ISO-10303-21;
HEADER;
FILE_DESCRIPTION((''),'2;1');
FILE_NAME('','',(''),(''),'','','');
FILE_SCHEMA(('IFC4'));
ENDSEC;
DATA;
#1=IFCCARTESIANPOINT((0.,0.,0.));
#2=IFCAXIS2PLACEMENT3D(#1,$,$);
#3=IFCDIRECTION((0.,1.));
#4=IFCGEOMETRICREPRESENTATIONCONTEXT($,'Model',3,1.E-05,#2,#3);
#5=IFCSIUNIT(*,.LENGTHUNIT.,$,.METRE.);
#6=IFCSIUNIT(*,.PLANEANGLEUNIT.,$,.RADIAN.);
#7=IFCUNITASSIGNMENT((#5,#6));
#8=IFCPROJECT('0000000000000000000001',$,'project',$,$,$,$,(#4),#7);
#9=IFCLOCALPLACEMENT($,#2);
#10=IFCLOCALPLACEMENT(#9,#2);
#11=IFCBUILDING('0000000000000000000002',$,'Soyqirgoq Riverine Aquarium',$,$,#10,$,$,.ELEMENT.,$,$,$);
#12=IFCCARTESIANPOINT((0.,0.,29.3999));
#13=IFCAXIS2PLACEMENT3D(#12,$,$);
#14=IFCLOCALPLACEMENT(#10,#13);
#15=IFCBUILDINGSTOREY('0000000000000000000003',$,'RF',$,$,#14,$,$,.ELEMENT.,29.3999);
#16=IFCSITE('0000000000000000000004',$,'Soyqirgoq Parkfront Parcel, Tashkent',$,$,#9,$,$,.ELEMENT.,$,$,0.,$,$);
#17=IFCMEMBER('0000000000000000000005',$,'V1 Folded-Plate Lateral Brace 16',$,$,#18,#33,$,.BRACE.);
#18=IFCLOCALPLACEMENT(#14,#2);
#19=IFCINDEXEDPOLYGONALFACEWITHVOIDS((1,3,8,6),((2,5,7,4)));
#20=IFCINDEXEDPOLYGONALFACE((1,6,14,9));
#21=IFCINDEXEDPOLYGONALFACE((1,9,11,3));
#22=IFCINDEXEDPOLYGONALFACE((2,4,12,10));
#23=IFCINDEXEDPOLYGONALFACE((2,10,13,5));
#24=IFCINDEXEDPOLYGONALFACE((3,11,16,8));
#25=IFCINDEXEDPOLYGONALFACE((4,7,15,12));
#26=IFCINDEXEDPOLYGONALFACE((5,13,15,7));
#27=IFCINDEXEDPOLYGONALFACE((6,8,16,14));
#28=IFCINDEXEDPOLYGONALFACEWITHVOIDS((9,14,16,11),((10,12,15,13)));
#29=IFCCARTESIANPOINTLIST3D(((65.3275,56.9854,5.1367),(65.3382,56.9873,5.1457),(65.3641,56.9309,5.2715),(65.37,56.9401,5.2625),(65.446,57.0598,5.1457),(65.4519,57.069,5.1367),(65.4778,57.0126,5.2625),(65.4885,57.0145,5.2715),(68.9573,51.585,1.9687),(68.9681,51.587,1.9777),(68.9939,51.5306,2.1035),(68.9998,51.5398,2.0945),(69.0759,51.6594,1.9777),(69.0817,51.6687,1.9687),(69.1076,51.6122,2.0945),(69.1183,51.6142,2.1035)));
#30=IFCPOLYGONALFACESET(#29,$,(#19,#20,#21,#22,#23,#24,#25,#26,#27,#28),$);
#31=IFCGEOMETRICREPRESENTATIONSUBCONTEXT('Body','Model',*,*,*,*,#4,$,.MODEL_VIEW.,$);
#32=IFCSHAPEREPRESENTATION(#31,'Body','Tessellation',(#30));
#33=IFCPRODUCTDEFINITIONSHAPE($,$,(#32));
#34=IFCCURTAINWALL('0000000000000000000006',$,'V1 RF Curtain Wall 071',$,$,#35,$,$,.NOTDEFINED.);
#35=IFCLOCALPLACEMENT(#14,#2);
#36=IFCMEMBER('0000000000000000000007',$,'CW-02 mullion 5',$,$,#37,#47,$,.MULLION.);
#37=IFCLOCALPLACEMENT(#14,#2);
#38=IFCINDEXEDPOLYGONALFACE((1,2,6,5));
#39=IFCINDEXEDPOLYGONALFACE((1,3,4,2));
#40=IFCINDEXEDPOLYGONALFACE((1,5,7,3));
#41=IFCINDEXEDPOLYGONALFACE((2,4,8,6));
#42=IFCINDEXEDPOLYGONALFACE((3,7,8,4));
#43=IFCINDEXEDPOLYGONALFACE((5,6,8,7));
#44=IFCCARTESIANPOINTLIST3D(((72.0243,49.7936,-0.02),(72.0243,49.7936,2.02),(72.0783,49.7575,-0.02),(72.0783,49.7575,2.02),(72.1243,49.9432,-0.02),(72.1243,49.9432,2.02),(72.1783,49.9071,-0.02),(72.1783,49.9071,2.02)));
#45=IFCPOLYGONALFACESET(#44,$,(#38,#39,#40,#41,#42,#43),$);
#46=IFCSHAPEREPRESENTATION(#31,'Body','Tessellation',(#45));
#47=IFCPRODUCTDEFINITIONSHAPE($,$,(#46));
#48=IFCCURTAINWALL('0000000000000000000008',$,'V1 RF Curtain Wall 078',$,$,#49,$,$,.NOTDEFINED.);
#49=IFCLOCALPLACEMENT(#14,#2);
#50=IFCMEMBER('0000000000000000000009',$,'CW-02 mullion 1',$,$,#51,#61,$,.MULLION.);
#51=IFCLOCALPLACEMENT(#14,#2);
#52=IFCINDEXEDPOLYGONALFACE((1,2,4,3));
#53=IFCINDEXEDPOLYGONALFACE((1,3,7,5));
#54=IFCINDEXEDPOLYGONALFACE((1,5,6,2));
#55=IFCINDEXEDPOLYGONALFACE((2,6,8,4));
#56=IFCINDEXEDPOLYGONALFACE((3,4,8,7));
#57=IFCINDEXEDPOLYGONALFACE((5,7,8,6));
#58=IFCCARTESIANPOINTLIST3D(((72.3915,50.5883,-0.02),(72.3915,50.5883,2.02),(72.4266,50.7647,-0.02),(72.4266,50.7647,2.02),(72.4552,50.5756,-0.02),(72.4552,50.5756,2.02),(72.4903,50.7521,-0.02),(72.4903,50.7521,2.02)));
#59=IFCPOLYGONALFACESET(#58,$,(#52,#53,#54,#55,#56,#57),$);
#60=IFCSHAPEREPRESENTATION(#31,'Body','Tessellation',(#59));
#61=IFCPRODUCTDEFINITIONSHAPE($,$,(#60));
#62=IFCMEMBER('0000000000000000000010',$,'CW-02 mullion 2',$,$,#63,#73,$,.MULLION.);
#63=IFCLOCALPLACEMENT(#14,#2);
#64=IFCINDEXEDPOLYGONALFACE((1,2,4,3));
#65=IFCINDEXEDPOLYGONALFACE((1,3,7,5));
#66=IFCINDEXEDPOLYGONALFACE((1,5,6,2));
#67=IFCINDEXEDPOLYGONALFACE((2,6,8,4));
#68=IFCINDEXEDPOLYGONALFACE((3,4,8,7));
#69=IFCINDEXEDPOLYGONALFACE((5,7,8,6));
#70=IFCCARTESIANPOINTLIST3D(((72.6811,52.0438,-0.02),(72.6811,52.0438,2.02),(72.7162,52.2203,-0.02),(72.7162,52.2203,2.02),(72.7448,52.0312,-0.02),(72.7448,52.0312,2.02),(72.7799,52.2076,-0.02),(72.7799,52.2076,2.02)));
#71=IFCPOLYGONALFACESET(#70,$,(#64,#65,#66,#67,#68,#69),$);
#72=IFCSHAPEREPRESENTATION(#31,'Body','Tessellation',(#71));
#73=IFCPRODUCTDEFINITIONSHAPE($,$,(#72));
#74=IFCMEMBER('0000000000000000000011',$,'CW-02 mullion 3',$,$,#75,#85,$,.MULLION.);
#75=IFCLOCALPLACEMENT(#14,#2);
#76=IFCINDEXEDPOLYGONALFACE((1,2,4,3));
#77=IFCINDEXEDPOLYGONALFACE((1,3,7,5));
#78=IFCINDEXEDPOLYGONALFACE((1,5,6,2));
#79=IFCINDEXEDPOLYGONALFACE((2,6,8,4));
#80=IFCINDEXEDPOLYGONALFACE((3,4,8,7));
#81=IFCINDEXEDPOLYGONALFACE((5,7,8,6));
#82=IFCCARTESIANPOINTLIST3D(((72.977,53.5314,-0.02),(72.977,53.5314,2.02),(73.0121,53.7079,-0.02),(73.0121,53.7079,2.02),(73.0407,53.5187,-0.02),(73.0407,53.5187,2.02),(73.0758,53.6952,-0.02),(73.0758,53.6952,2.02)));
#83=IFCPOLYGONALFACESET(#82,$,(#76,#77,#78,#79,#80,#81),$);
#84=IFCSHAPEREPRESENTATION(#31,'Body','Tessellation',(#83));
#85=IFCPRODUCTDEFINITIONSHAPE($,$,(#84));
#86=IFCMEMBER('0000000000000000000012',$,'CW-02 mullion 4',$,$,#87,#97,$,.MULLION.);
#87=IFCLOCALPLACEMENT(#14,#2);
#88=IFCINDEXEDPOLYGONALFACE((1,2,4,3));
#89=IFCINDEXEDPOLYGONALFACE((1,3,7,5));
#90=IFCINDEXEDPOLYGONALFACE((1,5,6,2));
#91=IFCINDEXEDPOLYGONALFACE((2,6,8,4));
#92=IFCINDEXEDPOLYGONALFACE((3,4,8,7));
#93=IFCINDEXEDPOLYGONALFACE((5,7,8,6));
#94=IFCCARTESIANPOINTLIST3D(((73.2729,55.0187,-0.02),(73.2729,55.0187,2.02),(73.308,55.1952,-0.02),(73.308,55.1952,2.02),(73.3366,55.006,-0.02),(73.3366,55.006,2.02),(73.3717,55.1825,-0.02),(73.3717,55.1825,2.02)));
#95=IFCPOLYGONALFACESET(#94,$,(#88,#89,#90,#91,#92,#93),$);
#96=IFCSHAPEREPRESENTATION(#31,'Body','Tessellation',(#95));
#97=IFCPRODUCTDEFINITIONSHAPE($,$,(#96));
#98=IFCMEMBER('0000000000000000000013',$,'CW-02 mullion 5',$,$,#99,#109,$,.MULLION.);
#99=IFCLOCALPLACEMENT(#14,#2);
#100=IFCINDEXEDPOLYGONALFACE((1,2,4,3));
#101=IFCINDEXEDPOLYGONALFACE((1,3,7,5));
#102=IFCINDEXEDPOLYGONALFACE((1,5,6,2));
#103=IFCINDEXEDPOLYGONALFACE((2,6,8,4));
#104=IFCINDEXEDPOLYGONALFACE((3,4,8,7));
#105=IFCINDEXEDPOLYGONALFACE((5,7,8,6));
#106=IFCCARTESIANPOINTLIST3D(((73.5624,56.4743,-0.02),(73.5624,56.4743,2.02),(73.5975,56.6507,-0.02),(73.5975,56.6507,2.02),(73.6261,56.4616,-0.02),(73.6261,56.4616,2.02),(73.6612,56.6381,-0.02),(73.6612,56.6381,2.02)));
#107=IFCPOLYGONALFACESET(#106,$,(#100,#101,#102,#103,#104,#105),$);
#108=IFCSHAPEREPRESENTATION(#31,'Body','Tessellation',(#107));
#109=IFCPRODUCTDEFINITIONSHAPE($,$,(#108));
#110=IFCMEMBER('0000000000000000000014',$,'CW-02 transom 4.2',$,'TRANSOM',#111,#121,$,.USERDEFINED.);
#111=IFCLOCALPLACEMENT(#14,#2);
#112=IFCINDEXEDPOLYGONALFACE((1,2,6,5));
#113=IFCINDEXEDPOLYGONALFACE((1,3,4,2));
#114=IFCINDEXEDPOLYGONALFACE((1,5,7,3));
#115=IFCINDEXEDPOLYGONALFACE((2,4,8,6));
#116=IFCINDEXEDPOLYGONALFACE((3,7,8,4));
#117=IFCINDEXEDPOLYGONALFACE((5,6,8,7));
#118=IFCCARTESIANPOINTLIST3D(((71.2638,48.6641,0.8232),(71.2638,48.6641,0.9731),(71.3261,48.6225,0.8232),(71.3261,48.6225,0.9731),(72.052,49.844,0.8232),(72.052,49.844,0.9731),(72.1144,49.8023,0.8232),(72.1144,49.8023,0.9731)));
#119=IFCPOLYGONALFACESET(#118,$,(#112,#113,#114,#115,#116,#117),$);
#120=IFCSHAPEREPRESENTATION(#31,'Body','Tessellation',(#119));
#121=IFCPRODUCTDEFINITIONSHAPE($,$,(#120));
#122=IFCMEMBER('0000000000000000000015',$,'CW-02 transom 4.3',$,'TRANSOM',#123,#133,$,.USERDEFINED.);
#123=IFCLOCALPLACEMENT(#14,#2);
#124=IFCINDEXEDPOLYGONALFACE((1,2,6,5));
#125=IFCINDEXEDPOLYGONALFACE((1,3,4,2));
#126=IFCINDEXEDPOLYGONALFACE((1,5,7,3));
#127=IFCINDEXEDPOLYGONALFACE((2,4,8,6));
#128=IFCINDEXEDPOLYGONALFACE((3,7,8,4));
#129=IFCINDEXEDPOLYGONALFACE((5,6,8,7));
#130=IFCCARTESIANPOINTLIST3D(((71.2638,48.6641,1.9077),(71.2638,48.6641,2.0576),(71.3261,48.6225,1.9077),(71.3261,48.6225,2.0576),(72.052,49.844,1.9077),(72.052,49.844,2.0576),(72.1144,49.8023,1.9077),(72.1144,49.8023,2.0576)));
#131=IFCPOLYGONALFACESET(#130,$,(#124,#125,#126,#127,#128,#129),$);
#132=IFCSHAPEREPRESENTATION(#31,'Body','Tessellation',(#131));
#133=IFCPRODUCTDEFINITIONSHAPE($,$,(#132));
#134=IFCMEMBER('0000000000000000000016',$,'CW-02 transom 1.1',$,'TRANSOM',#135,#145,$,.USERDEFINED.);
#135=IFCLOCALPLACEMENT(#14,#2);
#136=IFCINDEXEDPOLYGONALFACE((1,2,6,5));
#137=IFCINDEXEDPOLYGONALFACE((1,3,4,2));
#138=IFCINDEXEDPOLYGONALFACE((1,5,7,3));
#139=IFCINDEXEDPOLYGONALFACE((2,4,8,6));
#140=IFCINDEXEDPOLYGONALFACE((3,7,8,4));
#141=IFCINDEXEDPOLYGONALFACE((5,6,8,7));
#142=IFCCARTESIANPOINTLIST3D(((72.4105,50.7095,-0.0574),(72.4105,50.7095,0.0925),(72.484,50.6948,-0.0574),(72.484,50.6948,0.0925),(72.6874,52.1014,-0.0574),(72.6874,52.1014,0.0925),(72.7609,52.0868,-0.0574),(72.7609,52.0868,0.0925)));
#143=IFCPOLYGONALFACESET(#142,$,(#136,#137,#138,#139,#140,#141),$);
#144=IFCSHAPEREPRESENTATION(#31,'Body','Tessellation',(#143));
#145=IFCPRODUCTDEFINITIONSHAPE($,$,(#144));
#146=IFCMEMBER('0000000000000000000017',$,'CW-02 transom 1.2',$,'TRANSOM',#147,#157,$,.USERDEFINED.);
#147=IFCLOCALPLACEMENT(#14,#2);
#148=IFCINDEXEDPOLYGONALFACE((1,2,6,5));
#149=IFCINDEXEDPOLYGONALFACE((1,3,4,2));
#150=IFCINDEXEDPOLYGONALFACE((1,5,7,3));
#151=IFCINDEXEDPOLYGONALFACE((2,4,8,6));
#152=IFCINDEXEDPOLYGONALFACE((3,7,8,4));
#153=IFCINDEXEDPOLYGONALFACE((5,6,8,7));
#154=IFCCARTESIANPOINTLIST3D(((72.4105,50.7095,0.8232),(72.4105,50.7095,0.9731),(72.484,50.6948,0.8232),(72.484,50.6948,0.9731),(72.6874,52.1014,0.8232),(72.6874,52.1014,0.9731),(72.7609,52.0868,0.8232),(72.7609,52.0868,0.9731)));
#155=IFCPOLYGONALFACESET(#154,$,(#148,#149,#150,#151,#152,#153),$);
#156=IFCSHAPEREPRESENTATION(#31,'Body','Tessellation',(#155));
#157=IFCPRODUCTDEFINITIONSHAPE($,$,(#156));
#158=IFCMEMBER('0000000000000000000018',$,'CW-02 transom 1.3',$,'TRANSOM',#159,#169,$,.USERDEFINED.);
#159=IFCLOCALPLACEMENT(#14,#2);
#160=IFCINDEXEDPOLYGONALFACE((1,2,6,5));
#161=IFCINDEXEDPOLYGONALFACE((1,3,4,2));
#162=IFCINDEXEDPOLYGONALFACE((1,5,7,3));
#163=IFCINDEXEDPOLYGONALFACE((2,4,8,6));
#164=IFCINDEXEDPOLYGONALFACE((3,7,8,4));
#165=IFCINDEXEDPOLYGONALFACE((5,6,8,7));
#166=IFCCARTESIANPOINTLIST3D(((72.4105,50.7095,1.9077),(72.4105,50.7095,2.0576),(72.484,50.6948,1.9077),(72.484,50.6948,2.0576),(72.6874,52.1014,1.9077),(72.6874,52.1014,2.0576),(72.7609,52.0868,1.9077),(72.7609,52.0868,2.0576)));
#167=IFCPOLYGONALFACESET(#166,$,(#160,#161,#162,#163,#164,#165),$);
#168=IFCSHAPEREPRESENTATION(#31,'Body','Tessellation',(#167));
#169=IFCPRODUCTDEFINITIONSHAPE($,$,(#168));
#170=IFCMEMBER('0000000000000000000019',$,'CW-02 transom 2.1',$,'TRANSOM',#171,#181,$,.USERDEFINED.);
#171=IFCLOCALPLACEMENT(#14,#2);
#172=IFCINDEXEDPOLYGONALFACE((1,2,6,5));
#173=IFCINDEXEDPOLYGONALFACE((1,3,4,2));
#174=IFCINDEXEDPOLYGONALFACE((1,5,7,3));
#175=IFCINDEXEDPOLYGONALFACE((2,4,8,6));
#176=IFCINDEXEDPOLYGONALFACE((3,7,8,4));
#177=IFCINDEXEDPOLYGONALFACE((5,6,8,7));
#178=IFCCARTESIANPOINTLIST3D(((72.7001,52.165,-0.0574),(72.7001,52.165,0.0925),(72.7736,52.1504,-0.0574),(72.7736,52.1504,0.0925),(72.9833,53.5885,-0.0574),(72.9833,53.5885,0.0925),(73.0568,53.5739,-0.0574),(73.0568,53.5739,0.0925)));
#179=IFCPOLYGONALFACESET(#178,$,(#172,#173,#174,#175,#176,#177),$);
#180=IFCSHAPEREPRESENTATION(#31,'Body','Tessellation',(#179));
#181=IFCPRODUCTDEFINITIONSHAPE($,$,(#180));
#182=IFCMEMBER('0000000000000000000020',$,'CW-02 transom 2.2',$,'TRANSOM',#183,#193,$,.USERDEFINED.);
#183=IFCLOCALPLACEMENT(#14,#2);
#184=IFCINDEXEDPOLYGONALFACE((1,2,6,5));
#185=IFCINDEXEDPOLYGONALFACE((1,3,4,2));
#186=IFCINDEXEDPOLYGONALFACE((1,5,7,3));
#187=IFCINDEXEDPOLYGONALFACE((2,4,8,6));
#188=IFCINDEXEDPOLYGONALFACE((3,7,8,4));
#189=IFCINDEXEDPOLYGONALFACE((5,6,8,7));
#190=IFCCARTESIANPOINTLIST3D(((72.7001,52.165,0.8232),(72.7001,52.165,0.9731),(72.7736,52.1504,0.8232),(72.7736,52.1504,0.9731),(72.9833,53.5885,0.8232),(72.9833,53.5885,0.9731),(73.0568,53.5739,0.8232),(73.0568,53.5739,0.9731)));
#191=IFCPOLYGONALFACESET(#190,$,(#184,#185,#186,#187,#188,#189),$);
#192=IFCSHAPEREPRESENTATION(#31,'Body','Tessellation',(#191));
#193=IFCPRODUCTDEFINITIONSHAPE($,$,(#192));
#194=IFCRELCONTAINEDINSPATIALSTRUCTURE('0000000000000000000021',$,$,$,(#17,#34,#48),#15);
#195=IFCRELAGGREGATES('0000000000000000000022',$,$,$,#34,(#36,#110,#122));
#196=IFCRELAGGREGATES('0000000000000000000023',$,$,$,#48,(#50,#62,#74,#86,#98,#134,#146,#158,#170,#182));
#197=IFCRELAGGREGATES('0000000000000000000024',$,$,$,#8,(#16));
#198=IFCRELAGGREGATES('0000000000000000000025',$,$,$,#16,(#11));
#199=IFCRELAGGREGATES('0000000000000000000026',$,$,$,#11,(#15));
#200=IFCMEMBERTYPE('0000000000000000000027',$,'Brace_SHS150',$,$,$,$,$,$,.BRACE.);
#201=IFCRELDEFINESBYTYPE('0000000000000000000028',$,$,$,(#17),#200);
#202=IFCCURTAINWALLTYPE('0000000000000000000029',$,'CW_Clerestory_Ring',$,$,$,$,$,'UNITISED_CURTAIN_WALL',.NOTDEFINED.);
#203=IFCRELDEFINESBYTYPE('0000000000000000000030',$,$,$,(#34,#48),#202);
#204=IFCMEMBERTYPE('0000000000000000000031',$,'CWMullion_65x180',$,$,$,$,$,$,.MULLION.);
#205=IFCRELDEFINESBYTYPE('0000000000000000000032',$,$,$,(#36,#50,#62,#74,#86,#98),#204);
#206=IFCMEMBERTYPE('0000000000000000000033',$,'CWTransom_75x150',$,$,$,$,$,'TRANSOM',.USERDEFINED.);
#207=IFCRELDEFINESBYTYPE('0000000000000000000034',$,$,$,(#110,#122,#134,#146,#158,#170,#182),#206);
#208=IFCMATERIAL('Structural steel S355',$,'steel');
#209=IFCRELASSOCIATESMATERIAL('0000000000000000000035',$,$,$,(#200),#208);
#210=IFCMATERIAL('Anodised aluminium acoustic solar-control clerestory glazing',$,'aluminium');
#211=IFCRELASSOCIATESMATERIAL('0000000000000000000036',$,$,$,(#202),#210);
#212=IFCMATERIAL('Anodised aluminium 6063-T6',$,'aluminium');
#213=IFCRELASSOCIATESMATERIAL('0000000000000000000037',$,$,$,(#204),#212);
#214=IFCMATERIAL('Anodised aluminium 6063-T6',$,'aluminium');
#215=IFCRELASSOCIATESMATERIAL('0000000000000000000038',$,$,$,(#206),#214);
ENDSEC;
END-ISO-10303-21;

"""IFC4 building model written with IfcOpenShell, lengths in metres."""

from ifc_helpers import new_model, si_unit, direction, frame, origin, origin_2d, place, context, subcontext, project, spatial, rectangle, hollow_rectangle, extrude, material, material_profile, profile_set, type_object, element, aggregate, save


model = new_model("IFC4")

# Units and contexts
model_context = context("Model", 3, precision=1e-05, world=origin(), true_north=direction((0.0, 1.0)))
body_context = subcontext(model_context, "Body", "Model", "MODEL_VIEW")
ifc_project = project(units=[si_unit("LENGTHUNIT", "METRE"), si_unit("PLANEANGLEUNIT", "RADIAN")], contexts=[model_context])

# Site, building, storey
site_placement = place(None, origin())
site = spatial("IfcSite", under=ifc_project, at=site_placement, Name="Soyqirgoq Parkfront Parcel, Tashkent", CompositionType="ELEMENT", RefElevation=0.0)
building_placement = place(site_placement, origin())
building = spatial("IfcBuilding", under=site, at=building_placement, Name="Soyqirgoq Riverine Aquarium", CompositionType="ELEMENT")
storey_placement = place(building_placement, frame((0.0, 0.0, 29.3999)))
storey = spatial("IfcBuildingStorey", under=building, at=storey_placement, Name="RF", CompositionType="ELEMENT", Elevation=29.3999)

# Member
ifc_material_1 = material(Name="Structural steel S355", Category="steel")
ifc_material_profile_1 = material_profile(ifc_material_1, hollow_rectangle(XDim=0.1499, YDim=0.1499, WallThickness=0.01, at=origin_2d()), Name="SHS 150x150x10")
ifc_profile_set_1 = profile_set([ifc_material_profile_1], Name="Structural steel S355")
member_type_1 = type_object("IfcMemberType", Name="Brace_SHS150", PredefinedType="BRACE", material=ifc_profile_set_1)
member_1_placement = place(storey_placement, frame((69.0378, 51.5996, 2.0361), z_axis=(-0.501563, 0.746204, 0.437737), x_axis=(-0.829943, -0.557848, 0.0)))
element("IfcMember", 1, at=member_1_placement, inside=storey, type_object=member_type_1, Name="V1 Folded-Plate Lateral Brace 16", PredefinedType="BRACE", context=body_context, shape_type="SweptSolid", body=[
    extrude(hollow_rectangle(XDim=0.1499, YDim=0.1499, WallThickness=0.01, at=origin_2d()), origin(), (0.0, 0.0, 1.0), 7.2371),
])

# Curtain wall, member
ifc_material_2 = material(Name="Anodised aluminium acoustic solar-control clerestory glazing", Category="aluminium")
curtain_wall_type = type_object("IfcCurtainWallType", Name="CW_Clerestory_Ring", ElementType="UNITISED_CURTAIN_WALL", PredefinedType="NOTDEFINED", material=ifc_material_2)
curtain_wall_1_placement = place(storey_placement, origin())
curtain_wall_1 = element("IfcCurtainWall", 2, at=curtain_wall_1_placement, inside=storey, type_object=curtain_wall_type, Name="V1 RF Curtain Wall 071", PredefinedType="NOTDEFINED")
ifc_material_3 = material(Name="Anodised aluminium 6063-T6", Category="aluminium")
ifc_material_profile_2 = material_profile(ifc_material_3, rectangle(XDim=0.0649, YDim=0.1799, at=origin_2d()), Name="ALU-M 65x180")
ifc_profile_set_2 = profile_set([ifc_material_profile_2], Name="Anodised aluminium 6063-T6")
member_type_2 = type_object("IfcMemberType", Name="CWMullion_65x180", PredefinedType="MULLION", material=ifc_profile_set_2)
member_2_placement = place(storey_placement, frame((72.1013, 49.8503, -0.02), z_axis=(0.0, 0.0, 1.0), x_axis=(-0.831464, 0.555579, 0.0)))
member_2 = element("IfcMember", 3, at=member_2_placement, type_object=member_type_2, Name="CW-02 mullion 5", PredefinedType="MULLION", context=body_context, shape_type="SweptSolid", body=[
    extrude(rectangle(XDim=0.0649, YDim=0.1799, at=origin_2d()), origin(), (0.0, 0.0, 1.0), 2.04),
])

# Curtain wall, members
curtain_wall_2_placement = place(storey_placement, origin())
curtain_wall_2 = element("IfcCurtainWall", 4, at=curtain_wall_2_placement, inside=storey, type_object=curtain_wall_type, Name="V1 RF Curtain Wall 078", PredefinedType="NOTDEFINED")
member_3_placement = place(storey_placement, frame((72.4409, 50.6702, -0.02), z_axis=(0.0, 0.0, 1.0), x_axis=(-0.980784, 0.195095, 0.0)))
member_3 = element("IfcMember", 5, at=member_3_placement, type_object=member_type_2, Name="CW-02 mullion 1", PredefinedType="MULLION", context=body_context, shape_type="SweptSolid", body=[
    extrude(rectangle(XDim=0.0649, YDim=0.1799, at=origin_2d()), origin(), (0.0, 0.0, 1.0), 2.04),
])
member_4_placement = place(storey_placement, frame((72.7305, 52.1257, -0.02), z_axis=(0.0, 0.0, 1.0), x_axis=(-0.980784, 0.195095, 0.0)))
member_4 = element("IfcMember", 6, at=member_4_placement, type_object=member_type_2, Name="CW-02 mullion 2", PredefinedType="MULLION", context=body_context, shape_type="SweptSolid", body=[
    extrude(rectangle(XDim=0.0649, YDim=0.1799, at=origin_2d()), origin(), (0.0, 0.0, 1.0), 2.04),
])
member_5_placement = place(storey_placement, frame((73.0264, 53.6133, -0.02), z_axis=(0.0, 0.0, 1.0), x_axis=(-0.980784, 0.195095, 0.0)))
member_5 = element("IfcMember", 7, at=member_5_placement, type_object=member_type_2, Name="CW-02 mullion 3", PredefinedType="MULLION", context=body_context, shape_type="SweptSolid", body=[
    extrude(rectangle(XDim=0.0649, YDim=0.1799, at=origin_2d()), origin(), (0.0, 0.0, 1.0), 2.04),
])
member_6_placement = place(storey_placement, frame((73.3223, 55.1006, -0.02), z_axis=(0.0, 0.0, 1.0), x_axis=(-0.980784, 0.195095, 0.0)))
member_6 = element("IfcMember", 8, at=member_6_placement, type_object=member_type_2, Name="CW-02 mullion 4", PredefinedType="MULLION", context=body_context, shape_type="SweptSolid", body=[
    extrude(rectangle(XDim=0.0649, YDim=0.1799, at=origin_2d()), origin(), (0.0, 0.0, 1.0), 2.04),
])
member_7_placement = place(storey_placement, frame((73.6118, 56.5562, -0.02), z_axis=(0.0, 0.0, 1.0), x_axis=(-0.980784, 0.195095, 0.0)))
member_7 = element("IfcMember", 9, at=member_7_placement, type_object=member_type_2, Name="CW-02 mullion 5", PredefinedType="MULLION", context=body_context, shape_type="SweptSolid", body=[
    extrude(rectangle(XDim=0.0649, YDim=0.1799, at=origin_2d()), origin(), (0.0, 0.0, 1.0), 2.04),
])

# Members
ifc_material_4 = material(Name="Anodised aluminium 6063-T6", Category="aluminium")
ifc_material_profile_3 = material_profile(ifc_material_4, rectangle(XDim=0.075, YDim=0.1499, at=origin_2d()), Name="ALU-T 75x150")
ifc_profile_set_3 = profile_set([ifc_material_profile_3], Name="Anodised aluminium 6063-T6")
member_type_3 = type_object("IfcMemberType", Name="CWTransom_75x150", ElementType="TRANSOM", PredefinedType="USERDEFINED", material=ifc_profile_set_3)
member_8_placement = place(storey_placement, frame((71.2949, 48.6433, 0.8982), z_axis=(0.555534, 0.831494, 0.0), x_axis=(-0.831494, 0.555534, 0.0)))
member_8 = element("IfcMember", 10, at=member_8_placement, type_object=member_type_3, Name="CW-02 transom 4.2", ObjectType="TRANSOM", PredefinedType="USERDEFINED", context=body_context, shape_type="SweptSolid", body=[
    extrude(rectangle(XDim=0.075, YDim=0.1499, at=origin_2d()), origin(), (0.0, 0.0, 1.0), 1.4189),
])
member_9_placement = place(storey_placement, frame((71.2949, 48.6433, 1.9827), z_axis=(0.555534, 0.831494, 0.0), x_axis=(-0.831494, 0.555534, 0.0)))
member_9 = element("IfcMember", 11, at=member_9_placement, type_object=member_type_3, Name="CW-02 transom 4.3", ObjectType="TRANSOM", PredefinedType="USERDEFINED", context=body_context, shape_type="SweptSolid", body=[
    extrude(rectangle(XDim=0.075, YDim=0.1499, at=origin_2d()), origin(), (0.0, 0.0, 1.0), 1.4189),
])
member_10_placement = place(storey_placement, frame((72.4473, 50.7021, 0.0176), z_axis=(0.19509, 0.980785, 0.0), x_axis=(-0.980785, 0.19509, 0.0)))
member_10 = element("IfcMember", 12, at=member_10_placement, type_object=member_type_3, Name="CW-02 transom 1.1", ObjectType="TRANSOM", PredefinedType="USERDEFINED", context=body_context, shape_type="SweptSolid", body=[
    extrude(rectangle(XDim=0.075, YDim=0.1499, at=origin_2d()), origin(), (0.0, 0.0, 1.0), 1.4192),
])
member_11_placement = place(storey_placement, frame((72.4473, 50.7021, 0.8982), z_axis=(0.19509, 0.980785, 0.0), x_axis=(-0.980785, 0.19509, 0.0)))
member_11 = element("IfcMember", 13, at=member_11_placement, type_object=member_type_3, Name="CW-02 transom 1.2", ObjectType="TRANSOM", PredefinedType="USERDEFINED", context=body_context, shape_type="SweptSolid", body=[
    extrude(rectangle(XDim=0.075, YDim=0.1499, at=origin_2d()), origin(), (0.0, 0.0, 1.0), 1.4192),
])
member_12_placement = place(storey_placement, frame((72.4473, 50.7021, 1.9827), z_axis=(0.19509, 0.980785, 0.0), x_axis=(-0.980785, 0.19509, 0.0)))
member_12 = element("IfcMember", 14, at=member_12_placement, type_object=member_type_3, Name="CW-02 transom 1.3", ObjectType="TRANSOM", PredefinedType="USERDEFINED", context=body_context, shape_type="SweptSolid", body=[
    extrude(rectangle(XDim=0.075, YDim=0.1499, at=origin_2d()), origin(), (0.0, 0.0, 1.0), 1.4192),
])
member_13_placement = place(storey_placement, frame((72.7368, 52.1577, 0.0176), z_axis=(0.195113, 0.980781, 0.0), x_axis=(-0.980781, 0.195113, 0.0)))
member_13 = element("IfcMember", 15, at=member_13_placement, type_object=member_type_3, Name="CW-02 transom 2.1", ObjectType="TRANSOM", PredefinedType="USERDEFINED", context=body_context, shape_type="SweptSolid", body=[
    extrude(rectangle(XDim=0.075, YDim=0.1499, at=origin_2d()), origin(), (0.0, 0.0, 1.0), 1.4514),
])
member_14_placement = place(storey_placement, frame((72.7368, 52.1577, 0.8982), z_axis=(0.195113, 0.980781, 0.0), x_axis=(-0.980781, 0.195113, 0.0)))
member_14 = element("IfcMember", 16, at=member_14_placement, type_object=member_type_3, Name="CW-02 transom 2.2", ObjectType="TRANSOM", PredefinedType="USERDEFINED", context=body_context, shape_type="SweptSolid", body=[
    extrude(rectangle(XDim=0.075, YDim=0.1499, at=origin_2d()), origin(), (0.0, 0.0, 1.0), 1.4514),
])

aggregate(curtain_wall_1, [member_2, member_8, member_9])
aggregate(curtain_wall_2, [member_3, member_4, member_5, member_6, member_7, member_10, member_11, member_12, member_13, member_14])

save(model, "model.ifc")
